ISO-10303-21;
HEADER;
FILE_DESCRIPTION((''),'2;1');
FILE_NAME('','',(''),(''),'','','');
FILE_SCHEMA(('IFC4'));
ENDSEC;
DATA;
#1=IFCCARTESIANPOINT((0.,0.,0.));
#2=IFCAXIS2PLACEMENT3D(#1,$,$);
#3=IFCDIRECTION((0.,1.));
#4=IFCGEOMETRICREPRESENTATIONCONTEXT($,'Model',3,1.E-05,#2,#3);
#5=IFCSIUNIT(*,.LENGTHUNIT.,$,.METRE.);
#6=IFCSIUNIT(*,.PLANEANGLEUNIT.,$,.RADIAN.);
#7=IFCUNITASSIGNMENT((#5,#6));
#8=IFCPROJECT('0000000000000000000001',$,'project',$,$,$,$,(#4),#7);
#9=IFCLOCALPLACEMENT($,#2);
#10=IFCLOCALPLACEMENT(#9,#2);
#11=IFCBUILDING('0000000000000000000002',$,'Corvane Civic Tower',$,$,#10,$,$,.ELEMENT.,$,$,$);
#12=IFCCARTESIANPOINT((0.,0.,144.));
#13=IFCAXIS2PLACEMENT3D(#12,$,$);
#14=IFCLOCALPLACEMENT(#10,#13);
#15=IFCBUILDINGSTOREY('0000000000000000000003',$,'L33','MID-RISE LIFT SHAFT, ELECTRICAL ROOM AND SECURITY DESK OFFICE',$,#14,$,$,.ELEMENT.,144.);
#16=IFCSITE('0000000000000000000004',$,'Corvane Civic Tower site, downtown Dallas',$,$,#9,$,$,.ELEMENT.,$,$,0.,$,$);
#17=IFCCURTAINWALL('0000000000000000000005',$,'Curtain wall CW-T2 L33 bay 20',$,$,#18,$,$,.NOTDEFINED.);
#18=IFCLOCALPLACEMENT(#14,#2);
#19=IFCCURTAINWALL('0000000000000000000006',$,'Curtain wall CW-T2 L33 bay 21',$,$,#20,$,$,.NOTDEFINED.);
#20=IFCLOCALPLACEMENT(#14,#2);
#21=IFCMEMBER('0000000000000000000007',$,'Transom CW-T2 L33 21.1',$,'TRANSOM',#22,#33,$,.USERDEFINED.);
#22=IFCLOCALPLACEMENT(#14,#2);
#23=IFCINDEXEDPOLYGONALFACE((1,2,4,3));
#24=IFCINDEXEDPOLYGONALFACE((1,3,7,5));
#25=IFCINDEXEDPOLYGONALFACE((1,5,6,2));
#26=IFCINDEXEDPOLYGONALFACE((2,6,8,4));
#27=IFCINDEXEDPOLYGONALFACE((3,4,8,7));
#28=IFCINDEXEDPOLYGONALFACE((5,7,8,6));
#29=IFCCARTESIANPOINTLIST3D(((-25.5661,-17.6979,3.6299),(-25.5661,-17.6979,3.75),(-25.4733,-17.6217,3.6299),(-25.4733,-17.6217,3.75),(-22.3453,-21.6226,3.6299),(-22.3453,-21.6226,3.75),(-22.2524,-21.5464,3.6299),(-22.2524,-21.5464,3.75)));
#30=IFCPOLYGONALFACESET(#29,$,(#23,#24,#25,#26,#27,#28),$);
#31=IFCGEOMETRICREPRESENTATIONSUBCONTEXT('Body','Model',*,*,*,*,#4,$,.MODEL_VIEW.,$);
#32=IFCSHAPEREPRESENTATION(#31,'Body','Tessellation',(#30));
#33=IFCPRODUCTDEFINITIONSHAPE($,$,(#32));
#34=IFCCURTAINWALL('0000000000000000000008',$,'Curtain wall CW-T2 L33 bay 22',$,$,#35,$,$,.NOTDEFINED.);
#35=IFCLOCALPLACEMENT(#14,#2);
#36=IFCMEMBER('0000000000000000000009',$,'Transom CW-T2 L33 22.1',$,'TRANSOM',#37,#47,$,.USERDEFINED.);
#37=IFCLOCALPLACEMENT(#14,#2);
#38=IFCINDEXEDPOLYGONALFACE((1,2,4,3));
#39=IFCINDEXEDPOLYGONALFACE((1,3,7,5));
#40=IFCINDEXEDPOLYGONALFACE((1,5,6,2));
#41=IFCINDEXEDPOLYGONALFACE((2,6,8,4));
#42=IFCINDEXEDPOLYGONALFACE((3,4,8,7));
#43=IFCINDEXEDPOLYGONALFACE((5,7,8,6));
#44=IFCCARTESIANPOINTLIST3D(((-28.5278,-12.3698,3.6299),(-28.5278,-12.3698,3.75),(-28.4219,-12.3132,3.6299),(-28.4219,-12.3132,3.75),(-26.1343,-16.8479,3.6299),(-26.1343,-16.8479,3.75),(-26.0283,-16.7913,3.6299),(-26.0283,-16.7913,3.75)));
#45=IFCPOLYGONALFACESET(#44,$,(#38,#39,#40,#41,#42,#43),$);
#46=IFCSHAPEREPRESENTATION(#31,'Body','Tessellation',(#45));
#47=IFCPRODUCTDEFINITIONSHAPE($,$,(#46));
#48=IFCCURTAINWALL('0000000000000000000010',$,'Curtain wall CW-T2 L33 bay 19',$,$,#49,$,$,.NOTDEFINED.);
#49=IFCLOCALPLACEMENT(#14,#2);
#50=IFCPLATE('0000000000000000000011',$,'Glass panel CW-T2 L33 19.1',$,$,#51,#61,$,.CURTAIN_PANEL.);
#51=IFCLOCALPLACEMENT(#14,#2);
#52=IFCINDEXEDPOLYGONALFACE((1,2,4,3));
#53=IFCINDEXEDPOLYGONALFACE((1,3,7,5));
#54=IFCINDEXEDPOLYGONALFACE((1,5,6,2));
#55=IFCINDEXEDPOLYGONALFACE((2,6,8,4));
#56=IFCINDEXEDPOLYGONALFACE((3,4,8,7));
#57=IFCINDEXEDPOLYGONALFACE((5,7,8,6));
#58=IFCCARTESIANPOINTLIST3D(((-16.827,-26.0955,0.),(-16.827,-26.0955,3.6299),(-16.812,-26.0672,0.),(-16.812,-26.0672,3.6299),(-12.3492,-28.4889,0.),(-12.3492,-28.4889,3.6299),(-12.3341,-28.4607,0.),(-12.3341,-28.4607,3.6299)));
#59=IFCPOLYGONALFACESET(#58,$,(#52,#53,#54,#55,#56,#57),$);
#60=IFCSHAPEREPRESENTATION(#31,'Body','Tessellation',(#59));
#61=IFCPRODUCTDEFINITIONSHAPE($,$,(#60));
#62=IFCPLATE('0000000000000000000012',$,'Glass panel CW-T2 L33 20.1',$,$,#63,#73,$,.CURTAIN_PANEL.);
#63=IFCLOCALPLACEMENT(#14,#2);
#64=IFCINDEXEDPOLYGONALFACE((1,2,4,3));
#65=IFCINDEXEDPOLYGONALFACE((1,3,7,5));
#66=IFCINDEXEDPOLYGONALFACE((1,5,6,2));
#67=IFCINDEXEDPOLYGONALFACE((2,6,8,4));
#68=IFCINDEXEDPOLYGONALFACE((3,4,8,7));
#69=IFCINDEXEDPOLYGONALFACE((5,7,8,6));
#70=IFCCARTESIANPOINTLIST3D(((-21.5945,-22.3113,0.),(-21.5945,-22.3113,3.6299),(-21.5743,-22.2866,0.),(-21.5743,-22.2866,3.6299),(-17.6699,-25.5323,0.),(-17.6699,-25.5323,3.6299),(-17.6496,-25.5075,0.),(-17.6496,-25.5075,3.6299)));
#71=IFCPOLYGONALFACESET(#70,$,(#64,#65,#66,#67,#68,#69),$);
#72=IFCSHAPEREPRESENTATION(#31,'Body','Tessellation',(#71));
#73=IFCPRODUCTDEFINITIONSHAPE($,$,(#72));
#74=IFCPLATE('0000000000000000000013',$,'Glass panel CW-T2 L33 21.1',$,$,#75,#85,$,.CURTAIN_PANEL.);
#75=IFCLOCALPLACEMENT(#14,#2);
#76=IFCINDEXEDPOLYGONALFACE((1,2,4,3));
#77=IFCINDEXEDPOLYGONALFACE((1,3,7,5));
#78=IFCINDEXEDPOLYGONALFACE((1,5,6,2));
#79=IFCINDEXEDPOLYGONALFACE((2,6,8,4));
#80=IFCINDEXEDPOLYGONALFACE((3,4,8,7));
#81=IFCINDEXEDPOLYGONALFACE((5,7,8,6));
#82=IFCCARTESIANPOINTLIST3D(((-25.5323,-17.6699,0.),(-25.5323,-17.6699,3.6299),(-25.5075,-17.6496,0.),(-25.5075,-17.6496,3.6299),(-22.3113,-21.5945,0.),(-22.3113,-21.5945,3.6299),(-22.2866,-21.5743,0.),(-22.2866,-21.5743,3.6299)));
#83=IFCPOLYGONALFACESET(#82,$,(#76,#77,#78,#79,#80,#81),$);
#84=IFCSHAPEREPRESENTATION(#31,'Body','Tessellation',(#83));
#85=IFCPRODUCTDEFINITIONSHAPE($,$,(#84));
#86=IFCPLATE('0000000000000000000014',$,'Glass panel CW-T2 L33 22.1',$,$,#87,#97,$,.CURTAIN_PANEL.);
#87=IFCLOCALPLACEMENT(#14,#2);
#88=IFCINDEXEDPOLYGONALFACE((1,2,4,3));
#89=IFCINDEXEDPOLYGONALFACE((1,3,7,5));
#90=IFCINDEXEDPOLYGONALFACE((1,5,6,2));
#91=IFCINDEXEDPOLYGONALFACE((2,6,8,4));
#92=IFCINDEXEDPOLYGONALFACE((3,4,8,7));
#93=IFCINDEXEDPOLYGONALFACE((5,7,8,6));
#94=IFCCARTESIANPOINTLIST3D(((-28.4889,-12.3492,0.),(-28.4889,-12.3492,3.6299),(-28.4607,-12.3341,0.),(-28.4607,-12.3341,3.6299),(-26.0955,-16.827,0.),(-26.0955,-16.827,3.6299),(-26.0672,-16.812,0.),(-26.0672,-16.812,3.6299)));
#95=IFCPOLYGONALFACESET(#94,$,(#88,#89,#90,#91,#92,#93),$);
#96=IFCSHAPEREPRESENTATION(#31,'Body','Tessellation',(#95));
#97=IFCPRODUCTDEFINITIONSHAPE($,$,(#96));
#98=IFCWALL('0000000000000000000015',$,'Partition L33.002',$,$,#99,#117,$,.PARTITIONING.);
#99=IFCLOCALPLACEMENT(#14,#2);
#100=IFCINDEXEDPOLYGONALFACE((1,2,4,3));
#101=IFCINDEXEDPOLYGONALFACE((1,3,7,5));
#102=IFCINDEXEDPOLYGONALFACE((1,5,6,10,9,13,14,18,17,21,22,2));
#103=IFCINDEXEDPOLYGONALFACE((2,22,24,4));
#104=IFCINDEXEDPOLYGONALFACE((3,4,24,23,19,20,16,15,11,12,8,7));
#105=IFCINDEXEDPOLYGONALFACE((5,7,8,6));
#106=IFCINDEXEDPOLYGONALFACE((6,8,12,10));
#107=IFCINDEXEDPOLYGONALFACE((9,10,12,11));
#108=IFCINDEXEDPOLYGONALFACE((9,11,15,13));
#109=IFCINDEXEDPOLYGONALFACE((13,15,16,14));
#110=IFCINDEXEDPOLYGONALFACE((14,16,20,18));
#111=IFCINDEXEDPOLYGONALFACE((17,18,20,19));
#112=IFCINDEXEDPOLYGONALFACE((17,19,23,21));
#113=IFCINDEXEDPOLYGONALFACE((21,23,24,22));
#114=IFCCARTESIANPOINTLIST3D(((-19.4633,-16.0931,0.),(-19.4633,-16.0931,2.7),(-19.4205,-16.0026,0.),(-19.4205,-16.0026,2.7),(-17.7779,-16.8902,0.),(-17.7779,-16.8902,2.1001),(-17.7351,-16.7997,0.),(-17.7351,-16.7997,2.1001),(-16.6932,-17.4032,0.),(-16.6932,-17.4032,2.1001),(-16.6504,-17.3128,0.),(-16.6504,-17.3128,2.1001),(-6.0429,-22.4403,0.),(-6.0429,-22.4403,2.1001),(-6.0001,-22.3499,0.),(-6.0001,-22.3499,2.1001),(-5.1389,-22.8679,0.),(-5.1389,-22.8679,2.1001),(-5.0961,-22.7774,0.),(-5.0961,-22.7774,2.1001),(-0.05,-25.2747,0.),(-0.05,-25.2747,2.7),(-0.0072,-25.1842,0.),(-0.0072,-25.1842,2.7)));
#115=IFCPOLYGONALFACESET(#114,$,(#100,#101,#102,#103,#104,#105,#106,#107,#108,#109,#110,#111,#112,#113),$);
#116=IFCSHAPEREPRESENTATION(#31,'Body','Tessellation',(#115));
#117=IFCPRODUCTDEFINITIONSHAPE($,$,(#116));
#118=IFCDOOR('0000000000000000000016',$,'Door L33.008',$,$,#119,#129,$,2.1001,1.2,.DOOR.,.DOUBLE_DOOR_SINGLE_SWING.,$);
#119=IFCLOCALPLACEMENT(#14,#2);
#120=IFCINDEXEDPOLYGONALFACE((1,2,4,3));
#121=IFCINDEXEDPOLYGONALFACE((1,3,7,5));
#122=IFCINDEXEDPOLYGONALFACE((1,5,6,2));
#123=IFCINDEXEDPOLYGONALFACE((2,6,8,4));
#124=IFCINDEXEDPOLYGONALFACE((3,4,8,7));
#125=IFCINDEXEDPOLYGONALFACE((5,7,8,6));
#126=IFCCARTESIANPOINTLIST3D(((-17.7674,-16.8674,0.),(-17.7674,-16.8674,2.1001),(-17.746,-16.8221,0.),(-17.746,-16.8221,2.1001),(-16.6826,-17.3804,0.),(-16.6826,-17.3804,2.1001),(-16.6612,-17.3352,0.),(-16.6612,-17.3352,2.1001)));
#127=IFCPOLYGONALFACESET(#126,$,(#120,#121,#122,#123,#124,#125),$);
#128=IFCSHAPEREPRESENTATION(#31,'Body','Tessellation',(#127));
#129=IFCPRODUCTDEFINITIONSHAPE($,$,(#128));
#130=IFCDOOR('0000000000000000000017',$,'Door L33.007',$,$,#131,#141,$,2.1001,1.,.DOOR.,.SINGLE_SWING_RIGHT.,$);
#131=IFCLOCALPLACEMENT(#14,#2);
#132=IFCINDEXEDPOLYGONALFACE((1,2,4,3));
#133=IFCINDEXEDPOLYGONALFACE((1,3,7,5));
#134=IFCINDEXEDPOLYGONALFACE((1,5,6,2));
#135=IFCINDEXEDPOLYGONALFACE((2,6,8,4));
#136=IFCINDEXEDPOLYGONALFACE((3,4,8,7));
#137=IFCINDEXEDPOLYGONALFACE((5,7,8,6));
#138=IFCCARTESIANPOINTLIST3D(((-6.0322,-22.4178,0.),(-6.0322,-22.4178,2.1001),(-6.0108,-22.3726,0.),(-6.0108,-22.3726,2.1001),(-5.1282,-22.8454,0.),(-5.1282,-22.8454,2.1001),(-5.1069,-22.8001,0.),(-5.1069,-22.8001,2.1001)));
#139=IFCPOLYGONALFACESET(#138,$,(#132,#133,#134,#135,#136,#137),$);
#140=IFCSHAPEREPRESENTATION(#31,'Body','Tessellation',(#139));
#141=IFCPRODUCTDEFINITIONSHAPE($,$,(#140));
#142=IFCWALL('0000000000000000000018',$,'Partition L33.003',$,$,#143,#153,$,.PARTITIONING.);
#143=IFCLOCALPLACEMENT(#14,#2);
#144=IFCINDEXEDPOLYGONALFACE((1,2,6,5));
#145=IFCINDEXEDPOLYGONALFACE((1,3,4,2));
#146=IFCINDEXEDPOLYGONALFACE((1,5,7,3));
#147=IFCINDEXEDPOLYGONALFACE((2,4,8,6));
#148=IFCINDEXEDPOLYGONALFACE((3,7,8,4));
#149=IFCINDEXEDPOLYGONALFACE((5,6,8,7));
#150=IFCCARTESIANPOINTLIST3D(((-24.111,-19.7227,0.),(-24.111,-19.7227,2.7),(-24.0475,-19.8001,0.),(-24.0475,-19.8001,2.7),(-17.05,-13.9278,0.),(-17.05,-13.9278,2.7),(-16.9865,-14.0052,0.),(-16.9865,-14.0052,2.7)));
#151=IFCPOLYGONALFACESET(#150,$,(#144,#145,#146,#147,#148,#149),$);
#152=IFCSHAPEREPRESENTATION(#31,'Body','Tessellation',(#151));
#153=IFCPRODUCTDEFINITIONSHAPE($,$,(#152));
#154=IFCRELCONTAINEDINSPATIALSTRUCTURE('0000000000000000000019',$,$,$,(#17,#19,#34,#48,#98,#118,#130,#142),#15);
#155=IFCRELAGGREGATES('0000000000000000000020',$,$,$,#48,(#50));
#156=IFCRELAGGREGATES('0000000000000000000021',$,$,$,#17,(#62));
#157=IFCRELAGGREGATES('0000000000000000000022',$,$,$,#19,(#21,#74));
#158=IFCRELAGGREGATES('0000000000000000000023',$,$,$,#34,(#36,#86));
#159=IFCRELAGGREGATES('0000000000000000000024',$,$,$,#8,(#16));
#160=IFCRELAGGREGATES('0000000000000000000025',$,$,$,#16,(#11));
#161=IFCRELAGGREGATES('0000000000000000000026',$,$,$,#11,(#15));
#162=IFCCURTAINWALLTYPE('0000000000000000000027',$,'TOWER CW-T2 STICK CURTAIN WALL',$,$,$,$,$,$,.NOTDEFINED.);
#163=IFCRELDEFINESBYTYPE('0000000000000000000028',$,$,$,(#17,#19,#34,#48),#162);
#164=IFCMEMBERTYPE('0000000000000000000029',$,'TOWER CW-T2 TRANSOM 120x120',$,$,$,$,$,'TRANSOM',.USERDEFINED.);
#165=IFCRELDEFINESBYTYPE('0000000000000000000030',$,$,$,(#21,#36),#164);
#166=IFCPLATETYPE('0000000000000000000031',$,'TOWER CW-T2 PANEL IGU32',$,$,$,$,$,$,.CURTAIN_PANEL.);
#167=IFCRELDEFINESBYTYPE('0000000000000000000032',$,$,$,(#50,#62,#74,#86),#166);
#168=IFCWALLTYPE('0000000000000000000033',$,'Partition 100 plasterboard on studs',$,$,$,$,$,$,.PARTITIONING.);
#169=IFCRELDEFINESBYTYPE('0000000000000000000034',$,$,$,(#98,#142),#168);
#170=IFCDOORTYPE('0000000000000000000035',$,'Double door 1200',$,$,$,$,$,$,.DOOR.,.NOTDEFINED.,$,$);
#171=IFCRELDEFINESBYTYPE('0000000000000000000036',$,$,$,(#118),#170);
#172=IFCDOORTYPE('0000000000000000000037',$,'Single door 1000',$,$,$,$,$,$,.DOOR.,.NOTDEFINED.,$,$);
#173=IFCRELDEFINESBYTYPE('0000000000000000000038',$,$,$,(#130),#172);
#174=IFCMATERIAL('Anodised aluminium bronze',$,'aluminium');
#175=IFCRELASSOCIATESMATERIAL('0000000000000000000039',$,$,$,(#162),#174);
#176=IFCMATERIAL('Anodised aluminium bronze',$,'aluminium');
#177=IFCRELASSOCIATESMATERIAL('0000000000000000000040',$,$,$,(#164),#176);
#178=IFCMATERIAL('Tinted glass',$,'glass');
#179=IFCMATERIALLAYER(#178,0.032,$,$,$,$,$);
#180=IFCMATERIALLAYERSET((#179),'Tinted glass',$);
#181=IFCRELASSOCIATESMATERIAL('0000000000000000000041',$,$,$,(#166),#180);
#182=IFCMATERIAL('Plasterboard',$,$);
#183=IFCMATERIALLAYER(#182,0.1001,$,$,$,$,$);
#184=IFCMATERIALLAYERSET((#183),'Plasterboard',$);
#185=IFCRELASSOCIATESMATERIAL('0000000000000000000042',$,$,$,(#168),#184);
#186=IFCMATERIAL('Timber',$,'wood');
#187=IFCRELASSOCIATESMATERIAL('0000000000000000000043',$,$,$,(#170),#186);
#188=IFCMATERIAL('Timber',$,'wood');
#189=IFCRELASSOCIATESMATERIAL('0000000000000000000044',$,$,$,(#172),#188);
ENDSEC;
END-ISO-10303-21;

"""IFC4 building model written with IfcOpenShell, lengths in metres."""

from ifc_helpers import new_model, si_unit, direction, frame, frame_2d, origin, origin_2d, place, context, subcontext, project, spatial, rectangle, extrude, material, layer, layer_set, material_profile, profile_set, type_object, element, fill, aggregate, save


model = new_model("IFC4")

# Units and contexts
model_context = context("Model", 3, precision=1e-05, world=origin(), true_north=direction((0.0, 1.0)))
body_context = subcontext(model_context, "Body", "Model", "MODEL_VIEW")
ifc_project = project(units=[si_unit("LENGTHUNIT", "METRE"), si_unit("PLANEANGLEUNIT", "RADIAN")], contexts=[model_context])

# Site, building, storey
site_placement = place(None, origin())
site = spatial("IfcSite", under=ifc_project, at=site_placement, Name="Corvane Civic Tower site, downtown Dallas", CompositionType="ELEMENT", RefElevation=0.0)
building_placement = place(site_placement, origin())
building = spatial("IfcBuilding", under=site, at=building_placement, Name="Corvane Civic Tower", CompositionType="ELEMENT")
storey_placement = place(building_placement, frame((0.0, 0.0, 144.0)))
storey = spatial("IfcBuildingStorey", under=building, at=storey_placement, Name="L33", Description="MID-RISE LIFT SHAFT, ELECTRICAL ROOM AND SECURITY DESK OFFICE", CompositionType="ELEMENT", Elevation=144.0)

# Curtain walls, members
ifc_material_1 = material(Name="Anodised aluminium bronze", Category="aluminium")
curtain_wall_type = type_object("IfcCurtainWallType", Name="TOWER CW-T2 STICK CURTAIN WALL", PredefinedType="NOTDEFINED", material=ifc_material_1)
curtain_wall_1_placement = place(storey_placement, origin())
curtain_wall_1 = element("IfcCurtainWall", 1, at=curtain_wall_1_placement, inside=storey, type_object=curtain_wall_type, Name="Curtain wall CW-T2 L33 bay 20", PredefinedType="NOTDEFINED")
ifc_material_2 = material(Name="Anodised aluminium bronze", Category="aluminium")
ifc_material_profile_1 = material_profile(ifc_material_2, rectangle(XDim=0.1201, YDim=0.1201, at=origin_2d()), Name="TOWER CW-T2 TRANSOM 120x120")
ifc_profile_set_1 = profile_set([ifc_material_profile_1], Name="Anodised aluminium bronze")
member_type = type_object("IfcMemberType", Name="TOWER CW-T2 TRANSOM 120x120", ElementType="TRANSOM", PredefinedType="USERDEFINED", material=ifc_profile_set_1)
curtain_wall_2_placement = place(storey_placement, origin())
curtain_wall_2 = element("IfcCurtainWall", 2, at=curtain_wall_2_placement, inside=storey, type_object=curtain_wall_type, Name="Curtain wall CW-T2 L33 bay 21", PredefinedType="NOTDEFINED")
member_1_placement = place(storey_placement, frame((-22.2988, -21.5845, 3.6899), z_axis=(-0.634387, 0.773016, 0.0), x_axis=(-0.773016, -0.634387, 0.0)))
member_1 = element("IfcMember", 3, at=member_1_placement, type_object=member_type, Name="Transom CW-T2 L33 21.1", ObjectType="TRANSOM", PredefinedType="USERDEFINED", context=body_context, shape_type="SweptSolid", body=[
    extrude(rectangle(XDim=0.1201, YDim=0.1201, at=origin_2d()), origin(), (0.0, 0.0, 1.0), 5.0771),
])
curtain_wall_3_placement = place(storey_placement, origin())
curtain_wall_3 = element("IfcCurtainWall", 4, at=curtain_wall_3_placement, inside=storey, type_object=curtain_wall_type, Name="Curtain wall CW-T2 L33 bay 22", PredefinedType="NOTDEFINED")
member_2_placement = place(storey_placement, frame((-26.0813, -16.8196, 3.6899), z_axis=(-0.471397, 0.881921, 0.0), x_axis=(-0.881921, -0.471397, 0.0)))
member_2 = element("IfcMember", 5, at=member_2_placement, type_object=member_type, Name="Transom CW-T2 L33 22.1", ObjectType="TRANSOM", PredefinedType="USERDEFINED", context=body_context, shape_type="SweptSolid", body=[
    extrude(rectangle(XDim=0.1201, YDim=0.1201, at=origin_2d()), origin(), (0.0, 0.0, 1.0), 5.0776),
])

# Curtain wall, plate
curtain_wall_4_placement = place(storey_placement, origin())
curtain_wall_4 = element("IfcCurtainWall", 6, at=curtain_wall_4_placement, inside=storey, type_object=curtain_wall_type, Name="Curtain wall CW-T2 L33 bay 19", PredefinedType="NOTDEFINED")
ifc_material_3 = material(Name="Tinted glass", Category="glass")
ifc_layer_1 = layer(ifc_material_3, 0.032)
ifc_layer_set_1 = layer_set([ifc_layer_1], Name="Tinted glass")
plate_type = type_object("IfcPlateType", Name="TOWER CW-T2 PANEL IGU32", PredefinedType="CURTAIN_PANEL", material=ifc_layer_set_1)
plate_1_placement = place(storey_placement, frame((-14.5806, -27.2781, 0.0), z_axis=(0.0, 0.0, 1.0), x_axis=(-0.881922, 0.471395, 0.0)))
plate_1 = element("IfcPlate", 7, at=plate_1_placement, type_object=plate_type, Name="Glass panel CW-T2 L33 19.1", PredefinedType="CURTAIN_PANEL", context=body_context, shape_type="SweptSolid", body=[
    extrude(rectangle(XDim=5.0774, YDim=0.032, at=origin_2d()), origin(), (0.0, 0.0, 1.0), 3.6299),
])
aggregate(curtain_wall_4, [plate_1])

# Plates
plate_2_placement = place(storey_placement, frame((-19.6221, -23.9094, 0.0), z_axis=(0.0, 0.0, 1.0), x_axis=(-0.773005, 0.6344, 0.0)))
plate_2 = element("IfcPlate", 8, at=plate_2_placement, type_object=plate_type, Name="Glass panel CW-T2 L33 20.1", PredefinedType="CURTAIN_PANEL", context=body_context, shape_type="SweptSolid", body=[
    extrude(rectangle(XDim=5.0771, YDim=0.032, at=origin_2d()), origin(), (0.0, 0.0, 1.0), 3.6299),
])
aggregate(curtain_wall_1, [plate_2])
plate_3_placement = place(storey_placement, frame((-23.9094, -19.6221, 0.0), z_axis=(0.0, 0.0, 1.0), x_axis=(-0.6344, 0.773005, 0.0)))
plate_3 = element("IfcPlate", 9, at=plate_3_placement, type_object=plate_type, Name="Glass panel CW-T2 L33 21.1", PredefinedType="CURTAIN_PANEL", context=body_context, shape_type="SweptSolid", body=[
    extrude(rectangle(XDim=5.0771, YDim=0.032, at=origin_2d()), origin(), (0.0, 0.0, 1.0), 3.6299),
])
aggregate(curtain_wall_2, [member_1, plate_3])
plate_4_placement = place(storey_placement, frame((-27.2781, -14.5806, 0.0), z_axis=(0.0, 0.0, 1.0), x_axis=(-0.471395, 0.881922, 0.0)))
plate_4 = element("IfcPlate", 10, at=plate_4_placement, type_object=plate_type, Name="Glass panel CW-T2 L33 22.1", PredefinedType="CURTAIN_PANEL", context=body_context, shape_type="SweptSolid", body=[
    extrude(rectangle(XDim=5.0774, YDim=0.032, at=origin_2d()), origin(), (0.0, 0.0, 1.0), 3.6299),
])
aggregate(curtain_wall_3, [member_2, plate_4])

# Wall, openings, doors
ifc_material_4 = material(Name="Plasterboard")
ifc_layer_2 = layer(ifc_material_4, 0.1001)
ifc_layer_set_2 = layer_set([ifc_layer_2], Name="Plasterboard")
wall_type_1 = type_object("IfcWallType", Name="Partition 100 plasterboard on studs", PredefinedType="PARTITIONING", material=ifc_layer_set_2)
wall_1_placement = place(storey_placement, frame((-19.4419, -16.0479, 0.0), z_axis=(0.0, 0.0, 1.0), x_axis=(0.903993, -0.427548, 0.0)))
wall_1 = element("IfcWall", 11, at=wall_1_placement, inside=storey, type_object=wall_type_1, Name="Partition L33.002", PredefinedType="PARTITIONING", context=body_context, shape_type="SweptSolid", body=[
    extrude(rectangle(XDim=21.4751, YDim=0.1001, at=frame_2d((10.7375, 0.0))), origin(), (0.0, 0.0, 1.0), 2.7),
])
opening_1_placement = place(wall_1_placement, frame((14.8457, 0.0, 0.0)))
opening_1 = element("IfcOpeningElement", 12, at=opening_1_placement, cuts=wall_1, PredefinedType="OPENING", context=body_context, shape_type="SweptSolid", body=[
    extrude(rectangle(XDim=1.0, YDim=2.1001, at=frame_2d((0.5, 1.05))), frame((0.0, 0.0601, 0.0), z_axis=(0.0, -1.0, 0.0), x_axis=(1.0, 0.0, 0.0)), (0.0, 0.0, 1.0), 0.1201),
])
opening_2_placement = place(wall_1_placement, frame((1.8643, 0.0, 0.0)))
opening_2 = element("IfcOpeningElement", 13, at=opening_2_placement, cuts=wall_1, PredefinedType="OPENING", context=body_context, shape_type="SweptSolid", body=[
    extrude(rectangle(XDim=1.2, YDim=2.1001, at=frame_2d((0.6001, 1.05))), frame((0.0, 0.0601, 0.0), z_axis=(0.0, -1.0, 0.0), x_axis=(1.0, 0.0, 0.0)), (0.0, 0.0, 1.0), 0.1201),
])
ifc_material_5 = material(Name="Timber", Category="wood")
door_type_1 = type_object("IfcDoorType", Name="Double door 1200", OperationType="NOTDEFINED", PredefinedType="DOOR", material=ifc_material_5)
door_1_placement = place(opening_2_placement, frame((1.2, 0.0, 0.0), z_axis=(0.0, 0.0, 1.0), x_axis=(-1.0, 0.0, 0.0)))
door_1 = element("IfcDoor", 14, at=door_1_placement, inside=storey, type_object=door_type_1, Name="Door L33.008", OperationType="DOUBLE_DOOR_SINGLE_SWING", OverallHeight=2.1001, OverallWidth=1.2, PredefinedType="DOOR", context=body_context, shape_type="SweptSolid", body=[
    extrude(rectangle(XDim=1.2, YDim=2.1001, at=frame_2d((0.6001, 1.05))), frame((0.0, 0.0249, 0.0), z_axis=(0.0, -1.0, 0.0), x_axis=(1.0, 0.0, 0.0)), (0.0, 0.0, 1.0), 0.05),
])
fill(opening_2, door_1)
ifc_material_6 = material(Name="Timber", Category="wood")
door_type_2 = type_object("IfcDoorType", Name="Single door 1000", OperationType="NOTDEFINED", PredefinedType="DOOR", material=ifc_material_6)
door_2_placement = place(opening_1_placement, origin())
door_2 = element("IfcDoor", 15, at=door_2_placement, inside=storey, type_object=door_type_2, Name="Door L33.007", OperationType="SINGLE_SWING_RIGHT", OverallHeight=2.1001, OverallWidth=1.0, PredefinedType="DOOR", context=body_context, shape_type="SweptSolid", body=[
    extrude(rectangle(XDim=1.0, YDim=2.1001, at=frame_2d((0.5, 1.05))), frame((0.0, 0.0249, 0.0), z_axis=(0.0, -1.0, 0.0), x_axis=(1.0, 0.0, 0.0)), (0.0, 0.0, 1.0), 0.05),
])
fill(opening_1, door_2)

# Wall
wall_2_placement = place(storey_placement, frame((-24.0793, -19.7615, 0.0), z_axis=(0.0, 0.0, 1.0), x_axis=(0.773006, 0.634399, 0.0)))
element("IfcWall", 16, at=wall_2_placement, inside=storey, type_object=wall_type_1, Name="Partition L33.003", PredefinedType="PARTITIONING", context=body_context, shape_type="SweptSolid", body=[
    extrude(rectangle(XDim=9.1345, YDim=0.1001, at=frame_2d((4.5674, 0.0))), origin(), (0.0, 0.0, 1.0), 2.7),
])

save(model, "model.ifc")
